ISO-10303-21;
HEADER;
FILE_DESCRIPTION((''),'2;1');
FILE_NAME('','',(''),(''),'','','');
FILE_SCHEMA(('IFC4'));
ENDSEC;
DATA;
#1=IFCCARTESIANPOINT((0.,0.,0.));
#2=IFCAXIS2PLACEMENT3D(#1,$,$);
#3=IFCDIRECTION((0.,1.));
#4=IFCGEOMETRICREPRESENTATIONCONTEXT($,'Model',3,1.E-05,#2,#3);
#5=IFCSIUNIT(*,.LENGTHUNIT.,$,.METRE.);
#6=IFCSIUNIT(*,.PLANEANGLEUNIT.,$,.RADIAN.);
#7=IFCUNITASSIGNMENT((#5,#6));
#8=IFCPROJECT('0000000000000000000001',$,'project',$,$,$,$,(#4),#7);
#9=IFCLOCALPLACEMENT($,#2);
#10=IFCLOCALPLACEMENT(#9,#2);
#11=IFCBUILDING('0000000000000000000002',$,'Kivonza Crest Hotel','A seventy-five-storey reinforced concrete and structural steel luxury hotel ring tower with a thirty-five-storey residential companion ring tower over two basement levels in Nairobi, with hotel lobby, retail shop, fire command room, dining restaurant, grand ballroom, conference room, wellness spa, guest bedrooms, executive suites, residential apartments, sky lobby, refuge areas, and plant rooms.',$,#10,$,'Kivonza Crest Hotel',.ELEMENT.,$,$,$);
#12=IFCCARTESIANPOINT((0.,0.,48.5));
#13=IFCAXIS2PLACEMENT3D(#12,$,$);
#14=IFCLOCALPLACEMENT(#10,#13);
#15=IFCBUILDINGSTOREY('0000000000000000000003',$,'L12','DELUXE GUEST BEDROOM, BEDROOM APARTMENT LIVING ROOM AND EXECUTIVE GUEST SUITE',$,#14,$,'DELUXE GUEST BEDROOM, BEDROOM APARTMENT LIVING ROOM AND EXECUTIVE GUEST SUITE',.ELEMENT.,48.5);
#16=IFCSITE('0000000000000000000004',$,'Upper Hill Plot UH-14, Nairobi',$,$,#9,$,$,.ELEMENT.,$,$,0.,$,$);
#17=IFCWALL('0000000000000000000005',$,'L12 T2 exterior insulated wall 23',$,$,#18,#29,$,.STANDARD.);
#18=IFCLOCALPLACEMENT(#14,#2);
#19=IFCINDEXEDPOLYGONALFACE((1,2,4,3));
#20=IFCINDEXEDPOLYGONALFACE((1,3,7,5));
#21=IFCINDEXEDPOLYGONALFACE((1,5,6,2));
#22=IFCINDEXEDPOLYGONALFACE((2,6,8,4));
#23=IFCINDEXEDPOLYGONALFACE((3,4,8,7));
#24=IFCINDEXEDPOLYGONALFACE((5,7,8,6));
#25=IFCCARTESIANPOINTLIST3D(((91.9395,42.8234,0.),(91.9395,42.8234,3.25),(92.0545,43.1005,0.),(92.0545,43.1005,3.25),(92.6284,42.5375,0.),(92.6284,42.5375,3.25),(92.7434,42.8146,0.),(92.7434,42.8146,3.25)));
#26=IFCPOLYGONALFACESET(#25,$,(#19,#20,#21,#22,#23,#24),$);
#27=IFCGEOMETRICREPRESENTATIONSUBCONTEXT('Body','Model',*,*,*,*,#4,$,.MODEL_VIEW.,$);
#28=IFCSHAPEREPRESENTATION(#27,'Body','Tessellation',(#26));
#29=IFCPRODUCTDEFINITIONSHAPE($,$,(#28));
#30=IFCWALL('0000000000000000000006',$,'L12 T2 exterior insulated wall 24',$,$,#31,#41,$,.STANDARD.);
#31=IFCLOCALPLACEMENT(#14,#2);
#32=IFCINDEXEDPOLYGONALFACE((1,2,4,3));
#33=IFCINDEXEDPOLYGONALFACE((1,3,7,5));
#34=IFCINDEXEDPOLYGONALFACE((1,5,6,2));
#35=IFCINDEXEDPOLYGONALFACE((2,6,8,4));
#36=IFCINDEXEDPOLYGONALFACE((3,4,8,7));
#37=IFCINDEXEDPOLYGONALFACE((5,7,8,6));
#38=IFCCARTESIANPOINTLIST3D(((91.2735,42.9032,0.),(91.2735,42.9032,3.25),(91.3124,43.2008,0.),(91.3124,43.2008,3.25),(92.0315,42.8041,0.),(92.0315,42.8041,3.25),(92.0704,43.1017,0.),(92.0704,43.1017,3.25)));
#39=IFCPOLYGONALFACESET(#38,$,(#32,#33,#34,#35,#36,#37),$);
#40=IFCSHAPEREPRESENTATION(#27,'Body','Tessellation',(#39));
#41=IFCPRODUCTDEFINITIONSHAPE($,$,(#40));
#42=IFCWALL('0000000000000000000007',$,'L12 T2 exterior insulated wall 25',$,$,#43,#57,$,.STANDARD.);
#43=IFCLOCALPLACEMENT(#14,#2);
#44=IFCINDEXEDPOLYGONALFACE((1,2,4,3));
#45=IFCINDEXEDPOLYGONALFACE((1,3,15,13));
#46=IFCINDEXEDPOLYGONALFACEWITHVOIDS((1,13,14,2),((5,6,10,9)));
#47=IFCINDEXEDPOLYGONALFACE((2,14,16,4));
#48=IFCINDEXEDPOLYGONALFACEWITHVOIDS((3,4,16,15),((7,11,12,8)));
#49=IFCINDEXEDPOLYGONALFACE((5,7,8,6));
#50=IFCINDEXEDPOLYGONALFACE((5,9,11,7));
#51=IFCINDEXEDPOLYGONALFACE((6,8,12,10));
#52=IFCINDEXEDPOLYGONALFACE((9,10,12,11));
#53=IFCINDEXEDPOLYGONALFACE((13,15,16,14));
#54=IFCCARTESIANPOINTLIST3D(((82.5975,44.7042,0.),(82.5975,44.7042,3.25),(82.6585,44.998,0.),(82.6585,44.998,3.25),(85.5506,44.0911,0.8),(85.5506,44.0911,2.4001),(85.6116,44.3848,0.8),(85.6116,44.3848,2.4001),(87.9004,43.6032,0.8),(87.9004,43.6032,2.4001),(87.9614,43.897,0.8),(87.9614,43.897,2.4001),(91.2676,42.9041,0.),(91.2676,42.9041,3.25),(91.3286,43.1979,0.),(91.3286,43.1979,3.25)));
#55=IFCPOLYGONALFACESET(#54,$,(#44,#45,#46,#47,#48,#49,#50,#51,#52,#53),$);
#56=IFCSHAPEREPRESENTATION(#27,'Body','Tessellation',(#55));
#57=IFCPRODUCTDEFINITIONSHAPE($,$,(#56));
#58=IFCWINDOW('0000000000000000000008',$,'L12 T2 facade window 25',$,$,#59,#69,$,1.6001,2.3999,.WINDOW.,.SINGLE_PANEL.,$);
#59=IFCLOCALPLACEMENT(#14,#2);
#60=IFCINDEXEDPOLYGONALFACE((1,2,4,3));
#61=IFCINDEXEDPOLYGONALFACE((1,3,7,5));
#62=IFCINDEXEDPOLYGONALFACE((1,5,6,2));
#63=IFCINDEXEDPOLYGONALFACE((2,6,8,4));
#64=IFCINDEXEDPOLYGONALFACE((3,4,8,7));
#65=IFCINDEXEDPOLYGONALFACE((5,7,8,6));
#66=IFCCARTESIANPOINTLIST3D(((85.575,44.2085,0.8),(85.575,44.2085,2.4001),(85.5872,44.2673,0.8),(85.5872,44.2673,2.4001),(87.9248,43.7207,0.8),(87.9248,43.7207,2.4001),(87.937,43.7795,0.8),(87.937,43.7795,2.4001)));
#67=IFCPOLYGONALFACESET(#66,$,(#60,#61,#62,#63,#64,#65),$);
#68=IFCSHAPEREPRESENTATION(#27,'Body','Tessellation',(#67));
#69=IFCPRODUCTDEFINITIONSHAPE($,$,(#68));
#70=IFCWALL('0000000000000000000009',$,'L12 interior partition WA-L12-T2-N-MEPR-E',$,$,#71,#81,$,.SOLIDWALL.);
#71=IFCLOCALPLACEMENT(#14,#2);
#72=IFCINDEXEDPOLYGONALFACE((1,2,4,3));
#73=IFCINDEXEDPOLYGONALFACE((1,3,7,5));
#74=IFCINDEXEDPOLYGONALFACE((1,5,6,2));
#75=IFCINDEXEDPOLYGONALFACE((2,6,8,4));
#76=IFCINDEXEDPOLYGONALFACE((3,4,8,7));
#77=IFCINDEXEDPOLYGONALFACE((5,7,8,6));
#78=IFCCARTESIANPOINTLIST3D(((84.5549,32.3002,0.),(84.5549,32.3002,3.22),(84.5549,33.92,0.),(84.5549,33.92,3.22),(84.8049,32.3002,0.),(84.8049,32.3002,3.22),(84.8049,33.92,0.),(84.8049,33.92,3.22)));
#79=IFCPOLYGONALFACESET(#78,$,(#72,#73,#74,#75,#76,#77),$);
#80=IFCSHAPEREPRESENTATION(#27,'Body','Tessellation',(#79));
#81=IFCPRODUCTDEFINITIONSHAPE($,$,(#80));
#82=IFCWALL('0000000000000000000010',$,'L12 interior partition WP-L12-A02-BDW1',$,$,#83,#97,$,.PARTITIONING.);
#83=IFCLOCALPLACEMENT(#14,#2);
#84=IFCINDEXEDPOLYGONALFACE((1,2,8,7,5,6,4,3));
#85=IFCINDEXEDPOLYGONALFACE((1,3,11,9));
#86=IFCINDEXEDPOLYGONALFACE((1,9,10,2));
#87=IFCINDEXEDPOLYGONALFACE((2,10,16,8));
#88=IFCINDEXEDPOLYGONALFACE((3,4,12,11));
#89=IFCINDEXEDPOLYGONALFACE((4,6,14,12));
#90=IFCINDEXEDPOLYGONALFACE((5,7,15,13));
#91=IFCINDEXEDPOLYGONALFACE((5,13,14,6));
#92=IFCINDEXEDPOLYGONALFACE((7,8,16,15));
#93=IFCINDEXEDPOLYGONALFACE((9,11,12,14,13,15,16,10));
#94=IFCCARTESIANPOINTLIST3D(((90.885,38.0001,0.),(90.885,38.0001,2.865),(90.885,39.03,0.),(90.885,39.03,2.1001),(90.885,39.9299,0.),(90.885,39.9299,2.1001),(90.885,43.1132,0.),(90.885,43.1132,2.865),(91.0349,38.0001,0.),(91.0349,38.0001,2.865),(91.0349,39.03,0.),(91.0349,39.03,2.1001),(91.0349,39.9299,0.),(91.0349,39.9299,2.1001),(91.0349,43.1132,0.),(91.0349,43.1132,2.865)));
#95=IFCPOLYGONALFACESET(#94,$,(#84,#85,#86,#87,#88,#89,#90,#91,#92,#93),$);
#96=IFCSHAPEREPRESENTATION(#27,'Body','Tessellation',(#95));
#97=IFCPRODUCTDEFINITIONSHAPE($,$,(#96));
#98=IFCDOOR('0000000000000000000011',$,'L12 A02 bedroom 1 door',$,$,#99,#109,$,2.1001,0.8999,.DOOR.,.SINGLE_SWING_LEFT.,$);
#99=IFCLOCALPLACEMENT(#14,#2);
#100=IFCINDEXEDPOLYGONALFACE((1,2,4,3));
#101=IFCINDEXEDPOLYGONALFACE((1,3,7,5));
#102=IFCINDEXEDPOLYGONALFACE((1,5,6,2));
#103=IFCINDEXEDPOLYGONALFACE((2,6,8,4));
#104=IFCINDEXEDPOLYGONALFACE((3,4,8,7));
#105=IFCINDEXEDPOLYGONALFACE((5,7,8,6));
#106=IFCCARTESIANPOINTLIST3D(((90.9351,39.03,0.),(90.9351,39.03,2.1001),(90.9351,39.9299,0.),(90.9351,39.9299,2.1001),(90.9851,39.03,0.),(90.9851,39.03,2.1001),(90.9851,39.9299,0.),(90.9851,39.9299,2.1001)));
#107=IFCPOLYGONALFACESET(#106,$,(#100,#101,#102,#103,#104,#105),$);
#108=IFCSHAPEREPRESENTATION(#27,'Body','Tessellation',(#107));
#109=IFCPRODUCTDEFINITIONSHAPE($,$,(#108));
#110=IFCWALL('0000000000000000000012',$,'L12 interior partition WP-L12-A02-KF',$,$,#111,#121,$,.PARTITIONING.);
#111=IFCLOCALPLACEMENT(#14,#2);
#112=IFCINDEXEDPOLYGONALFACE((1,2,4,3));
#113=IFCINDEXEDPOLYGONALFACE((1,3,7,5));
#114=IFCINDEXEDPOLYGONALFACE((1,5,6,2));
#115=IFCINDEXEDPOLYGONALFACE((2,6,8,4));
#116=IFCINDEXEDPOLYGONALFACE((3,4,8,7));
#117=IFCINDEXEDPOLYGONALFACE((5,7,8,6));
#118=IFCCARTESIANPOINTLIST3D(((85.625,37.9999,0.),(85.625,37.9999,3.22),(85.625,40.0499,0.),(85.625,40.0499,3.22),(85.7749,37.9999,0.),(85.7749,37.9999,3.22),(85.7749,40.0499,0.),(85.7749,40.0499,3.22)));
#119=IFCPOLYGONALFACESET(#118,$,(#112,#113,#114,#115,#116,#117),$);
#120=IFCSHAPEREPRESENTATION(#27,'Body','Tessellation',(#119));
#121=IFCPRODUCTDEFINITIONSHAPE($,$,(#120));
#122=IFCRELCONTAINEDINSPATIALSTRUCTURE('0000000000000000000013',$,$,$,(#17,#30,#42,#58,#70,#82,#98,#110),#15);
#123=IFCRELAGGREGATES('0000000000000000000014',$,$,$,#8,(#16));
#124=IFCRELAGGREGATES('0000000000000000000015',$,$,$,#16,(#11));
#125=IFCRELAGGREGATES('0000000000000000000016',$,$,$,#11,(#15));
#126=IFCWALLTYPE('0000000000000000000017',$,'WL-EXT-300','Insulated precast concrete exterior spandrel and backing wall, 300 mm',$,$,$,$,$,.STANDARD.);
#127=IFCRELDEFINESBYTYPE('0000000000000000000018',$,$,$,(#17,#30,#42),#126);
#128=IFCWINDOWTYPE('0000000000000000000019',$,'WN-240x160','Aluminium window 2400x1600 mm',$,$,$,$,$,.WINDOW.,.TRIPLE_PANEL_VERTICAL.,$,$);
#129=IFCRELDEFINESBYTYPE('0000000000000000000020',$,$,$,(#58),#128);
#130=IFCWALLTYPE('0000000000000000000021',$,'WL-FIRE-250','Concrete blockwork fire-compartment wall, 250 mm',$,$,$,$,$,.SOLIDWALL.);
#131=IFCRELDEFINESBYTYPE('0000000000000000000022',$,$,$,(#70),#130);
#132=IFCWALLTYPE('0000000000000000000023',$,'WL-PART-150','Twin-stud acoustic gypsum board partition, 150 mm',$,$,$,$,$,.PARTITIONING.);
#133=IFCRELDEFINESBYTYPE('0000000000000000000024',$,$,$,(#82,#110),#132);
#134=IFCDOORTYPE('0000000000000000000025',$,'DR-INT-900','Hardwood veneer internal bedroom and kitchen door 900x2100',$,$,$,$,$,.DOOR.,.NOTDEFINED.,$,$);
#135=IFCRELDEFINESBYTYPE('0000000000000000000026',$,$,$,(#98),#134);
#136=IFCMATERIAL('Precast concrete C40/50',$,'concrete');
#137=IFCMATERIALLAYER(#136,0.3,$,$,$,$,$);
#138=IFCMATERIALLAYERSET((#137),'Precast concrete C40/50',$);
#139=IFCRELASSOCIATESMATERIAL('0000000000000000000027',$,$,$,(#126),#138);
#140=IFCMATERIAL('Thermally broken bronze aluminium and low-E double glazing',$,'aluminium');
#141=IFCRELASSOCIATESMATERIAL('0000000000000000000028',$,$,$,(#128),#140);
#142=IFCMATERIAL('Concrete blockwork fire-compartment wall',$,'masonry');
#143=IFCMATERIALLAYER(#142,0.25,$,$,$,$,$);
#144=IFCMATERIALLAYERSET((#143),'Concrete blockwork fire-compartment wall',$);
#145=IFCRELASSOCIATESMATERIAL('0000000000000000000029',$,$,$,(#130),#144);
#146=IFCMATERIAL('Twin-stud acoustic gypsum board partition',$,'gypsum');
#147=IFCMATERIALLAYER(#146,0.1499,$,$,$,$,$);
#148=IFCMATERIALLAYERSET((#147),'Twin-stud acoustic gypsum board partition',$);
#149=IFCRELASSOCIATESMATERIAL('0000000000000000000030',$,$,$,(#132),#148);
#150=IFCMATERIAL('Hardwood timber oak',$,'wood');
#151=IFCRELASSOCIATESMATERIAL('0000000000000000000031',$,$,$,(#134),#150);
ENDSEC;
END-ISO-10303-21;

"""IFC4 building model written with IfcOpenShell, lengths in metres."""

from ifc_helpers import new_model, si_unit, direction, frame, frame_2d, origin, place, context, subcontext, project, spatial, rectangle, extrude, material, layer, layer_set, type_object, element, fill, save


model = new_model("IFC4")

# Units and contexts
model_context = context("Model", 3, precision=1e-05, world=origin(), true_north=direction((0.0, 1.0)))
body_context = subcontext(model_context, "Body", "Model", "MODEL_VIEW")
ifc_project = project(units=[si_unit("LENGTHUNIT", "METRE"), si_unit("PLANEANGLEUNIT", "RADIAN")], contexts=[model_context])

# Site, building, storey
site_placement = place(None, origin())
site = spatial("IfcSite", under=ifc_project, at=site_placement, Name="Upper Hill Plot UH-14, Nairobi", CompositionType="ELEMENT", RefElevation=0.0)
building_placement = place(site_placement, origin())
building = spatial("IfcBuilding", under=site, at=building_placement, Name="Kivonza Crest Hotel", Description="A seventy-five-storey reinforced concrete and structural steel luxury hotel ring tower with a thirty-five-storey residential companion ring tower over two basement levels in Nairobi, with hotel lobby, retail shop, fire command room, dining restaurant, grand ballroom, conference room, wellness spa, guest bedrooms, executive suites, residential apartments, sky lobby, refuge areas, and plant rooms.", LongName="Kivonza Crest Hotel", CompositionType="ELEMENT")
storey_placement = place(building_placement, frame((0.0, 0.0, 48.5)))
storey = spatial("IfcBuildingStorey", under=building, at=storey_placement, Name="L12", Description="DELUXE GUEST BEDROOM, BEDROOM APARTMENT LIVING ROOM AND EXECUTIVE GUEST SUITE", LongName="DELUXE GUEST BEDROOM, BEDROOM APARTMENT LIVING ROOM AND EXECUTIVE GUEST SUITE", CompositionType="ELEMENT", Elevation=48.5)

# Shared definitions
ifc_material_1 = material(Name="Hardwood timber oak", Category="wood")

# Walls
ifc_material_2 = material(Name="Precast concrete C40/50", Category="concrete")
ifc_layer_1 = layer(ifc_material_2, 0.3)
ifc_layer_set_1 = layer_set([ifc_layer_1], Name="Precast concrete C40/50")
wall_type_1 = type_object("IfcWallType", Name="WL-EXT-300", Description="Insulated precast concrete exterior spandrel and backing wall, 300 mm", PredefinedType="STANDARD", material=ifc_layer_set_1)
wall_1_placement = place(storey_placement, frame((92.686, 42.676, 0.0), z_axis=(0.0, 0.0, 1.0), x_axis=(-0.923638, 0.383267, 0.0)))
element("IfcWall", 1, at=wall_1_placement, inside=storey, type_object=wall_type_1, Name="L12 T2 exterior insulated wall 23", PredefinedType="STANDARD", context=body_context, shape_type="SweptSolid", body=[
    extrude(rectangle(XDim=0.7458, YDim=0.3, at=frame_2d((0.373, 0.0))), origin(), (0.0, 0.0, 1.0), 3.25),
])
wall_2_placement = place(storey_placement, frame((92.051, 42.9529, 0.0), z_axis=(0.0, 0.0, 1.0), x_axis=(-0.991559, 0.129653, 0.0)))
element("IfcWall", 2, at=wall_2_placement, inside=storey, type_object=wall_type_1, Name="L12 T2 exterior insulated wall 24", PredefinedType="STANDARD", context=body_context, shape_type="SweptSolid", body=[
    extrude(rectangle(XDim=0.7644, YDim=0.3, at=frame_2d((0.3823, 0.0))), origin(), (0.0, 0.0, 1.0), 3.25),
])

# Wall, opening, window
wall_3_placement = place(storey_placement, frame((91.2981, 43.051, 0.0), z_axis=(0.0, 0.0, 1.0), x_axis=(-0.979121, 0.203279, 0.0)))
wall_3 = element("IfcWall", 3, at=wall_3_placement, inside=storey, type_object=wall_type_1, Name="L12 T2 exterior insulated wall 25", PredefinedType="STANDARD", context=body_context, shape_type="SweptSolid", body=[
    extrude(rectangle(XDim=8.855, YDim=0.3, at=frame_2d((4.4275, 0.0))), origin(), (0.0, 0.0, 1.0), 3.25),
])
opening_1_placement = place(wall_3_placement, frame((3.439, 0.0, 0.8)))
opening_1 = element("IfcOpeningElement", 4, at=opening_1_placement, cuts=wall_3, PredefinedType="OPENING", context=body_context, shape_type="SweptSolid", body=[
    extrude(rectangle(XDim=2.3999, YDim=1.6001, at=frame_2d((1.2, 0.8))), frame((0.0, 0.1602, 0.0), z_axis=(0.0, -1.0, 0.0), x_axis=(1.0, 0.0, 0.0)), (0.0, 0.0, 1.0), 0.3201),
])
ifc_material_3 = material(Name="Thermally broken bronze aluminium and low-E double glazing", Category="aluminium")
window_type = type_object("IfcWindowType", Name="WN-240x160", Description="Aluminium window 2400x1600 mm", PartitioningType="TRIPLE_PANEL_VERTICAL", PredefinedType="WINDOW", material=ifc_material_3)
window_placement = place(opening_1_placement, origin())
window = element("IfcWindow", 5, at=window_placement, inside=storey, type_object=window_type, Name="L12 T2 facade window 25", OverallHeight=1.6001, OverallWidth=2.3999, PartitioningType="SINGLE_PANEL", PredefinedType="WINDOW", context=body_context, shape_type="SweptSolid", body=[
    extrude(rectangle(XDim=2.3999, YDim=1.6001, at=frame_2d((1.2, 0.8))), frame((0.0, 0.03, 0.0), z_axis=(0.0, -1.0, 0.0), x_axis=(1.0, 0.0, 0.0)), (0.0, 0.0, 1.0), 0.0601),
])
fill(opening_1, window)

# Wall
ifc_material_4 = material(Name="Concrete blockwork fire-compartment wall", Category="masonry")
ifc_layer_2 = layer(ifc_material_4, 0.25)
ifc_layer_set_2 = layer_set([ifc_layer_2], Name="Concrete blockwork fire-compartment wall")
wall_type_2 = type_object("IfcWallType", Name="WL-FIRE-250", Description="Concrete blockwork fire-compartment wall, 250 mm", PredefinedType="SOLIDWALL", material=ifc_layer_set_2)
wall_4_placement = place(storey_placement, frame((84.6799, 32.3, 0.0), z_axis=(0.0, 0.0, 1.0), x_axis=(0.0, 1.0, 0.0)))
element("IfcWall", 6, at=wall_4_placement, inside=storey, type_object=wall_type_2, Name="L12 interior partition WA-L12-T2-N-MEPR-E", PredefinedType="SOLIDWALL", context=body_context, shape_type="SweptSolid", body=[
    extrude(rectangle(XDim=1.6199, YDim=0.25, at=frame_2d((0.8101, 0.0))), origin(), (0.0, 0.0, 1.0), 3.22),
])

# Wall, opening, door
ifc_material_5 = material(Name="Twin-stud acoustic gypsum board partition", Category="gypsum")
ifc_layer_3 = layer(ifc_material_5, 0.1499)
ifc_layer_set_3 = layer_set([ifc_layer_3], Name="Twin-stud acoustic gypsum board partition")
wall_type_3 = type_object("IfcWallType", Name="WL-PART-150", Description="Twin-stud acoustic gypsum board partition, 150 mm", PredefinedType="PARTITIONING", material=ifc_layer_set_3)
wall_5_placement = place(storey_placement, frame((90.96, 38.0, 0.0), z_axis=(0.0, 0.0, 1.0), x_axis=(0.0, 1.0, 0.0)))
wall_5 = element("IfcWall", 7, at=wall_5_placement, inside=storey, type_object=wall_type_3, Name="L12 interior partition WP-L12-A02-BDW1", PredefinedType="PARTITIONING", context=body_context, shape_type="SweptSolid", body=[
    extrude(rectangle(XDim=5.113, YDim=0.1499, at=frame_2d((2.5566, 0.0))), origin(), (0.0, 0.0, 1.0), 2.865),
])
opening_2_placement = place(wall_5_placement, frame((1.03, 0.0, 0.0)))
opening_2 = element("IfcOpeningElement", 8, at=opening_2_placement, cuts=wall_5, PredefinedType="OPENING", context=body_context, shape_type="SweptSolid", body=[
    extrude(rectangle(XDim=0.8999, YDim=2.1001, at=frame_2d((0.45, 1.05))), frame((0.0, 0.085, 0.0), z_axis=(0.0, -1.0, 0.0), x_axis=(1.0, 0.0, 0.0)), (0.0, 0.0, 1.0), 0.1699),
])
door_type_1 = type_object("IfcDoorType", Name="DR-INT-900", Description="Hardwood veneer internal bedroom and kitchen door 900x2100", OperationType="NOTDEFINED", PredefinedType="DOOR", material=ifc_material_1)
door_1_placement = place(opening_2_placement, origin())
door_1 = element("IfcDoor", 9, at=door_1_placement, inside=storey, type_object=door_type_1, Name="L12 A02 bedroom 1 door", OperationType="SINGLE_SWING_LEFT", OverallHeight=2.1001, OverallWidth=0.8999, PredefinedType="DOOR", context=body_context, shape_type="SweptSolid", body=[
    extrude(rectangle(XDim=0.8999, YDim=2.1001, at=frame_2d((0.45, 1.05))), frame((0.0, 0.0249, 0.0), z_axis=(0.0, -1.0, 0.0), x_axis=(1.0, 0.0, 0.0)), (0.0, 0.0, 1.0), 0.05),
])
fill(opening_2, door_1)

# Wall
wall_6_placement = place(storey_placement, frame((85.7, 38.0, 0.0), z_axis=(0.0, 0.0, 1.0), x_axis=(0.0, 1.0, 0.0)))
element("IfcWall", 10, at=wall_6_placement, inside=storey, type_object=wall_type_3, Name="L12 interior partition WP-L12-A02-KF", PredefinedType="PARTITIONING", context=body_context, shape_type="SweptSolid", body=[
    extrude(rectangle(XDim=2.05, YDim=0.1499, at=frame_2d((1.0249, 0.0))), origin(), (0.0, 0.0, 1.0), 3.22),
])

save(model, "model.ifc")
